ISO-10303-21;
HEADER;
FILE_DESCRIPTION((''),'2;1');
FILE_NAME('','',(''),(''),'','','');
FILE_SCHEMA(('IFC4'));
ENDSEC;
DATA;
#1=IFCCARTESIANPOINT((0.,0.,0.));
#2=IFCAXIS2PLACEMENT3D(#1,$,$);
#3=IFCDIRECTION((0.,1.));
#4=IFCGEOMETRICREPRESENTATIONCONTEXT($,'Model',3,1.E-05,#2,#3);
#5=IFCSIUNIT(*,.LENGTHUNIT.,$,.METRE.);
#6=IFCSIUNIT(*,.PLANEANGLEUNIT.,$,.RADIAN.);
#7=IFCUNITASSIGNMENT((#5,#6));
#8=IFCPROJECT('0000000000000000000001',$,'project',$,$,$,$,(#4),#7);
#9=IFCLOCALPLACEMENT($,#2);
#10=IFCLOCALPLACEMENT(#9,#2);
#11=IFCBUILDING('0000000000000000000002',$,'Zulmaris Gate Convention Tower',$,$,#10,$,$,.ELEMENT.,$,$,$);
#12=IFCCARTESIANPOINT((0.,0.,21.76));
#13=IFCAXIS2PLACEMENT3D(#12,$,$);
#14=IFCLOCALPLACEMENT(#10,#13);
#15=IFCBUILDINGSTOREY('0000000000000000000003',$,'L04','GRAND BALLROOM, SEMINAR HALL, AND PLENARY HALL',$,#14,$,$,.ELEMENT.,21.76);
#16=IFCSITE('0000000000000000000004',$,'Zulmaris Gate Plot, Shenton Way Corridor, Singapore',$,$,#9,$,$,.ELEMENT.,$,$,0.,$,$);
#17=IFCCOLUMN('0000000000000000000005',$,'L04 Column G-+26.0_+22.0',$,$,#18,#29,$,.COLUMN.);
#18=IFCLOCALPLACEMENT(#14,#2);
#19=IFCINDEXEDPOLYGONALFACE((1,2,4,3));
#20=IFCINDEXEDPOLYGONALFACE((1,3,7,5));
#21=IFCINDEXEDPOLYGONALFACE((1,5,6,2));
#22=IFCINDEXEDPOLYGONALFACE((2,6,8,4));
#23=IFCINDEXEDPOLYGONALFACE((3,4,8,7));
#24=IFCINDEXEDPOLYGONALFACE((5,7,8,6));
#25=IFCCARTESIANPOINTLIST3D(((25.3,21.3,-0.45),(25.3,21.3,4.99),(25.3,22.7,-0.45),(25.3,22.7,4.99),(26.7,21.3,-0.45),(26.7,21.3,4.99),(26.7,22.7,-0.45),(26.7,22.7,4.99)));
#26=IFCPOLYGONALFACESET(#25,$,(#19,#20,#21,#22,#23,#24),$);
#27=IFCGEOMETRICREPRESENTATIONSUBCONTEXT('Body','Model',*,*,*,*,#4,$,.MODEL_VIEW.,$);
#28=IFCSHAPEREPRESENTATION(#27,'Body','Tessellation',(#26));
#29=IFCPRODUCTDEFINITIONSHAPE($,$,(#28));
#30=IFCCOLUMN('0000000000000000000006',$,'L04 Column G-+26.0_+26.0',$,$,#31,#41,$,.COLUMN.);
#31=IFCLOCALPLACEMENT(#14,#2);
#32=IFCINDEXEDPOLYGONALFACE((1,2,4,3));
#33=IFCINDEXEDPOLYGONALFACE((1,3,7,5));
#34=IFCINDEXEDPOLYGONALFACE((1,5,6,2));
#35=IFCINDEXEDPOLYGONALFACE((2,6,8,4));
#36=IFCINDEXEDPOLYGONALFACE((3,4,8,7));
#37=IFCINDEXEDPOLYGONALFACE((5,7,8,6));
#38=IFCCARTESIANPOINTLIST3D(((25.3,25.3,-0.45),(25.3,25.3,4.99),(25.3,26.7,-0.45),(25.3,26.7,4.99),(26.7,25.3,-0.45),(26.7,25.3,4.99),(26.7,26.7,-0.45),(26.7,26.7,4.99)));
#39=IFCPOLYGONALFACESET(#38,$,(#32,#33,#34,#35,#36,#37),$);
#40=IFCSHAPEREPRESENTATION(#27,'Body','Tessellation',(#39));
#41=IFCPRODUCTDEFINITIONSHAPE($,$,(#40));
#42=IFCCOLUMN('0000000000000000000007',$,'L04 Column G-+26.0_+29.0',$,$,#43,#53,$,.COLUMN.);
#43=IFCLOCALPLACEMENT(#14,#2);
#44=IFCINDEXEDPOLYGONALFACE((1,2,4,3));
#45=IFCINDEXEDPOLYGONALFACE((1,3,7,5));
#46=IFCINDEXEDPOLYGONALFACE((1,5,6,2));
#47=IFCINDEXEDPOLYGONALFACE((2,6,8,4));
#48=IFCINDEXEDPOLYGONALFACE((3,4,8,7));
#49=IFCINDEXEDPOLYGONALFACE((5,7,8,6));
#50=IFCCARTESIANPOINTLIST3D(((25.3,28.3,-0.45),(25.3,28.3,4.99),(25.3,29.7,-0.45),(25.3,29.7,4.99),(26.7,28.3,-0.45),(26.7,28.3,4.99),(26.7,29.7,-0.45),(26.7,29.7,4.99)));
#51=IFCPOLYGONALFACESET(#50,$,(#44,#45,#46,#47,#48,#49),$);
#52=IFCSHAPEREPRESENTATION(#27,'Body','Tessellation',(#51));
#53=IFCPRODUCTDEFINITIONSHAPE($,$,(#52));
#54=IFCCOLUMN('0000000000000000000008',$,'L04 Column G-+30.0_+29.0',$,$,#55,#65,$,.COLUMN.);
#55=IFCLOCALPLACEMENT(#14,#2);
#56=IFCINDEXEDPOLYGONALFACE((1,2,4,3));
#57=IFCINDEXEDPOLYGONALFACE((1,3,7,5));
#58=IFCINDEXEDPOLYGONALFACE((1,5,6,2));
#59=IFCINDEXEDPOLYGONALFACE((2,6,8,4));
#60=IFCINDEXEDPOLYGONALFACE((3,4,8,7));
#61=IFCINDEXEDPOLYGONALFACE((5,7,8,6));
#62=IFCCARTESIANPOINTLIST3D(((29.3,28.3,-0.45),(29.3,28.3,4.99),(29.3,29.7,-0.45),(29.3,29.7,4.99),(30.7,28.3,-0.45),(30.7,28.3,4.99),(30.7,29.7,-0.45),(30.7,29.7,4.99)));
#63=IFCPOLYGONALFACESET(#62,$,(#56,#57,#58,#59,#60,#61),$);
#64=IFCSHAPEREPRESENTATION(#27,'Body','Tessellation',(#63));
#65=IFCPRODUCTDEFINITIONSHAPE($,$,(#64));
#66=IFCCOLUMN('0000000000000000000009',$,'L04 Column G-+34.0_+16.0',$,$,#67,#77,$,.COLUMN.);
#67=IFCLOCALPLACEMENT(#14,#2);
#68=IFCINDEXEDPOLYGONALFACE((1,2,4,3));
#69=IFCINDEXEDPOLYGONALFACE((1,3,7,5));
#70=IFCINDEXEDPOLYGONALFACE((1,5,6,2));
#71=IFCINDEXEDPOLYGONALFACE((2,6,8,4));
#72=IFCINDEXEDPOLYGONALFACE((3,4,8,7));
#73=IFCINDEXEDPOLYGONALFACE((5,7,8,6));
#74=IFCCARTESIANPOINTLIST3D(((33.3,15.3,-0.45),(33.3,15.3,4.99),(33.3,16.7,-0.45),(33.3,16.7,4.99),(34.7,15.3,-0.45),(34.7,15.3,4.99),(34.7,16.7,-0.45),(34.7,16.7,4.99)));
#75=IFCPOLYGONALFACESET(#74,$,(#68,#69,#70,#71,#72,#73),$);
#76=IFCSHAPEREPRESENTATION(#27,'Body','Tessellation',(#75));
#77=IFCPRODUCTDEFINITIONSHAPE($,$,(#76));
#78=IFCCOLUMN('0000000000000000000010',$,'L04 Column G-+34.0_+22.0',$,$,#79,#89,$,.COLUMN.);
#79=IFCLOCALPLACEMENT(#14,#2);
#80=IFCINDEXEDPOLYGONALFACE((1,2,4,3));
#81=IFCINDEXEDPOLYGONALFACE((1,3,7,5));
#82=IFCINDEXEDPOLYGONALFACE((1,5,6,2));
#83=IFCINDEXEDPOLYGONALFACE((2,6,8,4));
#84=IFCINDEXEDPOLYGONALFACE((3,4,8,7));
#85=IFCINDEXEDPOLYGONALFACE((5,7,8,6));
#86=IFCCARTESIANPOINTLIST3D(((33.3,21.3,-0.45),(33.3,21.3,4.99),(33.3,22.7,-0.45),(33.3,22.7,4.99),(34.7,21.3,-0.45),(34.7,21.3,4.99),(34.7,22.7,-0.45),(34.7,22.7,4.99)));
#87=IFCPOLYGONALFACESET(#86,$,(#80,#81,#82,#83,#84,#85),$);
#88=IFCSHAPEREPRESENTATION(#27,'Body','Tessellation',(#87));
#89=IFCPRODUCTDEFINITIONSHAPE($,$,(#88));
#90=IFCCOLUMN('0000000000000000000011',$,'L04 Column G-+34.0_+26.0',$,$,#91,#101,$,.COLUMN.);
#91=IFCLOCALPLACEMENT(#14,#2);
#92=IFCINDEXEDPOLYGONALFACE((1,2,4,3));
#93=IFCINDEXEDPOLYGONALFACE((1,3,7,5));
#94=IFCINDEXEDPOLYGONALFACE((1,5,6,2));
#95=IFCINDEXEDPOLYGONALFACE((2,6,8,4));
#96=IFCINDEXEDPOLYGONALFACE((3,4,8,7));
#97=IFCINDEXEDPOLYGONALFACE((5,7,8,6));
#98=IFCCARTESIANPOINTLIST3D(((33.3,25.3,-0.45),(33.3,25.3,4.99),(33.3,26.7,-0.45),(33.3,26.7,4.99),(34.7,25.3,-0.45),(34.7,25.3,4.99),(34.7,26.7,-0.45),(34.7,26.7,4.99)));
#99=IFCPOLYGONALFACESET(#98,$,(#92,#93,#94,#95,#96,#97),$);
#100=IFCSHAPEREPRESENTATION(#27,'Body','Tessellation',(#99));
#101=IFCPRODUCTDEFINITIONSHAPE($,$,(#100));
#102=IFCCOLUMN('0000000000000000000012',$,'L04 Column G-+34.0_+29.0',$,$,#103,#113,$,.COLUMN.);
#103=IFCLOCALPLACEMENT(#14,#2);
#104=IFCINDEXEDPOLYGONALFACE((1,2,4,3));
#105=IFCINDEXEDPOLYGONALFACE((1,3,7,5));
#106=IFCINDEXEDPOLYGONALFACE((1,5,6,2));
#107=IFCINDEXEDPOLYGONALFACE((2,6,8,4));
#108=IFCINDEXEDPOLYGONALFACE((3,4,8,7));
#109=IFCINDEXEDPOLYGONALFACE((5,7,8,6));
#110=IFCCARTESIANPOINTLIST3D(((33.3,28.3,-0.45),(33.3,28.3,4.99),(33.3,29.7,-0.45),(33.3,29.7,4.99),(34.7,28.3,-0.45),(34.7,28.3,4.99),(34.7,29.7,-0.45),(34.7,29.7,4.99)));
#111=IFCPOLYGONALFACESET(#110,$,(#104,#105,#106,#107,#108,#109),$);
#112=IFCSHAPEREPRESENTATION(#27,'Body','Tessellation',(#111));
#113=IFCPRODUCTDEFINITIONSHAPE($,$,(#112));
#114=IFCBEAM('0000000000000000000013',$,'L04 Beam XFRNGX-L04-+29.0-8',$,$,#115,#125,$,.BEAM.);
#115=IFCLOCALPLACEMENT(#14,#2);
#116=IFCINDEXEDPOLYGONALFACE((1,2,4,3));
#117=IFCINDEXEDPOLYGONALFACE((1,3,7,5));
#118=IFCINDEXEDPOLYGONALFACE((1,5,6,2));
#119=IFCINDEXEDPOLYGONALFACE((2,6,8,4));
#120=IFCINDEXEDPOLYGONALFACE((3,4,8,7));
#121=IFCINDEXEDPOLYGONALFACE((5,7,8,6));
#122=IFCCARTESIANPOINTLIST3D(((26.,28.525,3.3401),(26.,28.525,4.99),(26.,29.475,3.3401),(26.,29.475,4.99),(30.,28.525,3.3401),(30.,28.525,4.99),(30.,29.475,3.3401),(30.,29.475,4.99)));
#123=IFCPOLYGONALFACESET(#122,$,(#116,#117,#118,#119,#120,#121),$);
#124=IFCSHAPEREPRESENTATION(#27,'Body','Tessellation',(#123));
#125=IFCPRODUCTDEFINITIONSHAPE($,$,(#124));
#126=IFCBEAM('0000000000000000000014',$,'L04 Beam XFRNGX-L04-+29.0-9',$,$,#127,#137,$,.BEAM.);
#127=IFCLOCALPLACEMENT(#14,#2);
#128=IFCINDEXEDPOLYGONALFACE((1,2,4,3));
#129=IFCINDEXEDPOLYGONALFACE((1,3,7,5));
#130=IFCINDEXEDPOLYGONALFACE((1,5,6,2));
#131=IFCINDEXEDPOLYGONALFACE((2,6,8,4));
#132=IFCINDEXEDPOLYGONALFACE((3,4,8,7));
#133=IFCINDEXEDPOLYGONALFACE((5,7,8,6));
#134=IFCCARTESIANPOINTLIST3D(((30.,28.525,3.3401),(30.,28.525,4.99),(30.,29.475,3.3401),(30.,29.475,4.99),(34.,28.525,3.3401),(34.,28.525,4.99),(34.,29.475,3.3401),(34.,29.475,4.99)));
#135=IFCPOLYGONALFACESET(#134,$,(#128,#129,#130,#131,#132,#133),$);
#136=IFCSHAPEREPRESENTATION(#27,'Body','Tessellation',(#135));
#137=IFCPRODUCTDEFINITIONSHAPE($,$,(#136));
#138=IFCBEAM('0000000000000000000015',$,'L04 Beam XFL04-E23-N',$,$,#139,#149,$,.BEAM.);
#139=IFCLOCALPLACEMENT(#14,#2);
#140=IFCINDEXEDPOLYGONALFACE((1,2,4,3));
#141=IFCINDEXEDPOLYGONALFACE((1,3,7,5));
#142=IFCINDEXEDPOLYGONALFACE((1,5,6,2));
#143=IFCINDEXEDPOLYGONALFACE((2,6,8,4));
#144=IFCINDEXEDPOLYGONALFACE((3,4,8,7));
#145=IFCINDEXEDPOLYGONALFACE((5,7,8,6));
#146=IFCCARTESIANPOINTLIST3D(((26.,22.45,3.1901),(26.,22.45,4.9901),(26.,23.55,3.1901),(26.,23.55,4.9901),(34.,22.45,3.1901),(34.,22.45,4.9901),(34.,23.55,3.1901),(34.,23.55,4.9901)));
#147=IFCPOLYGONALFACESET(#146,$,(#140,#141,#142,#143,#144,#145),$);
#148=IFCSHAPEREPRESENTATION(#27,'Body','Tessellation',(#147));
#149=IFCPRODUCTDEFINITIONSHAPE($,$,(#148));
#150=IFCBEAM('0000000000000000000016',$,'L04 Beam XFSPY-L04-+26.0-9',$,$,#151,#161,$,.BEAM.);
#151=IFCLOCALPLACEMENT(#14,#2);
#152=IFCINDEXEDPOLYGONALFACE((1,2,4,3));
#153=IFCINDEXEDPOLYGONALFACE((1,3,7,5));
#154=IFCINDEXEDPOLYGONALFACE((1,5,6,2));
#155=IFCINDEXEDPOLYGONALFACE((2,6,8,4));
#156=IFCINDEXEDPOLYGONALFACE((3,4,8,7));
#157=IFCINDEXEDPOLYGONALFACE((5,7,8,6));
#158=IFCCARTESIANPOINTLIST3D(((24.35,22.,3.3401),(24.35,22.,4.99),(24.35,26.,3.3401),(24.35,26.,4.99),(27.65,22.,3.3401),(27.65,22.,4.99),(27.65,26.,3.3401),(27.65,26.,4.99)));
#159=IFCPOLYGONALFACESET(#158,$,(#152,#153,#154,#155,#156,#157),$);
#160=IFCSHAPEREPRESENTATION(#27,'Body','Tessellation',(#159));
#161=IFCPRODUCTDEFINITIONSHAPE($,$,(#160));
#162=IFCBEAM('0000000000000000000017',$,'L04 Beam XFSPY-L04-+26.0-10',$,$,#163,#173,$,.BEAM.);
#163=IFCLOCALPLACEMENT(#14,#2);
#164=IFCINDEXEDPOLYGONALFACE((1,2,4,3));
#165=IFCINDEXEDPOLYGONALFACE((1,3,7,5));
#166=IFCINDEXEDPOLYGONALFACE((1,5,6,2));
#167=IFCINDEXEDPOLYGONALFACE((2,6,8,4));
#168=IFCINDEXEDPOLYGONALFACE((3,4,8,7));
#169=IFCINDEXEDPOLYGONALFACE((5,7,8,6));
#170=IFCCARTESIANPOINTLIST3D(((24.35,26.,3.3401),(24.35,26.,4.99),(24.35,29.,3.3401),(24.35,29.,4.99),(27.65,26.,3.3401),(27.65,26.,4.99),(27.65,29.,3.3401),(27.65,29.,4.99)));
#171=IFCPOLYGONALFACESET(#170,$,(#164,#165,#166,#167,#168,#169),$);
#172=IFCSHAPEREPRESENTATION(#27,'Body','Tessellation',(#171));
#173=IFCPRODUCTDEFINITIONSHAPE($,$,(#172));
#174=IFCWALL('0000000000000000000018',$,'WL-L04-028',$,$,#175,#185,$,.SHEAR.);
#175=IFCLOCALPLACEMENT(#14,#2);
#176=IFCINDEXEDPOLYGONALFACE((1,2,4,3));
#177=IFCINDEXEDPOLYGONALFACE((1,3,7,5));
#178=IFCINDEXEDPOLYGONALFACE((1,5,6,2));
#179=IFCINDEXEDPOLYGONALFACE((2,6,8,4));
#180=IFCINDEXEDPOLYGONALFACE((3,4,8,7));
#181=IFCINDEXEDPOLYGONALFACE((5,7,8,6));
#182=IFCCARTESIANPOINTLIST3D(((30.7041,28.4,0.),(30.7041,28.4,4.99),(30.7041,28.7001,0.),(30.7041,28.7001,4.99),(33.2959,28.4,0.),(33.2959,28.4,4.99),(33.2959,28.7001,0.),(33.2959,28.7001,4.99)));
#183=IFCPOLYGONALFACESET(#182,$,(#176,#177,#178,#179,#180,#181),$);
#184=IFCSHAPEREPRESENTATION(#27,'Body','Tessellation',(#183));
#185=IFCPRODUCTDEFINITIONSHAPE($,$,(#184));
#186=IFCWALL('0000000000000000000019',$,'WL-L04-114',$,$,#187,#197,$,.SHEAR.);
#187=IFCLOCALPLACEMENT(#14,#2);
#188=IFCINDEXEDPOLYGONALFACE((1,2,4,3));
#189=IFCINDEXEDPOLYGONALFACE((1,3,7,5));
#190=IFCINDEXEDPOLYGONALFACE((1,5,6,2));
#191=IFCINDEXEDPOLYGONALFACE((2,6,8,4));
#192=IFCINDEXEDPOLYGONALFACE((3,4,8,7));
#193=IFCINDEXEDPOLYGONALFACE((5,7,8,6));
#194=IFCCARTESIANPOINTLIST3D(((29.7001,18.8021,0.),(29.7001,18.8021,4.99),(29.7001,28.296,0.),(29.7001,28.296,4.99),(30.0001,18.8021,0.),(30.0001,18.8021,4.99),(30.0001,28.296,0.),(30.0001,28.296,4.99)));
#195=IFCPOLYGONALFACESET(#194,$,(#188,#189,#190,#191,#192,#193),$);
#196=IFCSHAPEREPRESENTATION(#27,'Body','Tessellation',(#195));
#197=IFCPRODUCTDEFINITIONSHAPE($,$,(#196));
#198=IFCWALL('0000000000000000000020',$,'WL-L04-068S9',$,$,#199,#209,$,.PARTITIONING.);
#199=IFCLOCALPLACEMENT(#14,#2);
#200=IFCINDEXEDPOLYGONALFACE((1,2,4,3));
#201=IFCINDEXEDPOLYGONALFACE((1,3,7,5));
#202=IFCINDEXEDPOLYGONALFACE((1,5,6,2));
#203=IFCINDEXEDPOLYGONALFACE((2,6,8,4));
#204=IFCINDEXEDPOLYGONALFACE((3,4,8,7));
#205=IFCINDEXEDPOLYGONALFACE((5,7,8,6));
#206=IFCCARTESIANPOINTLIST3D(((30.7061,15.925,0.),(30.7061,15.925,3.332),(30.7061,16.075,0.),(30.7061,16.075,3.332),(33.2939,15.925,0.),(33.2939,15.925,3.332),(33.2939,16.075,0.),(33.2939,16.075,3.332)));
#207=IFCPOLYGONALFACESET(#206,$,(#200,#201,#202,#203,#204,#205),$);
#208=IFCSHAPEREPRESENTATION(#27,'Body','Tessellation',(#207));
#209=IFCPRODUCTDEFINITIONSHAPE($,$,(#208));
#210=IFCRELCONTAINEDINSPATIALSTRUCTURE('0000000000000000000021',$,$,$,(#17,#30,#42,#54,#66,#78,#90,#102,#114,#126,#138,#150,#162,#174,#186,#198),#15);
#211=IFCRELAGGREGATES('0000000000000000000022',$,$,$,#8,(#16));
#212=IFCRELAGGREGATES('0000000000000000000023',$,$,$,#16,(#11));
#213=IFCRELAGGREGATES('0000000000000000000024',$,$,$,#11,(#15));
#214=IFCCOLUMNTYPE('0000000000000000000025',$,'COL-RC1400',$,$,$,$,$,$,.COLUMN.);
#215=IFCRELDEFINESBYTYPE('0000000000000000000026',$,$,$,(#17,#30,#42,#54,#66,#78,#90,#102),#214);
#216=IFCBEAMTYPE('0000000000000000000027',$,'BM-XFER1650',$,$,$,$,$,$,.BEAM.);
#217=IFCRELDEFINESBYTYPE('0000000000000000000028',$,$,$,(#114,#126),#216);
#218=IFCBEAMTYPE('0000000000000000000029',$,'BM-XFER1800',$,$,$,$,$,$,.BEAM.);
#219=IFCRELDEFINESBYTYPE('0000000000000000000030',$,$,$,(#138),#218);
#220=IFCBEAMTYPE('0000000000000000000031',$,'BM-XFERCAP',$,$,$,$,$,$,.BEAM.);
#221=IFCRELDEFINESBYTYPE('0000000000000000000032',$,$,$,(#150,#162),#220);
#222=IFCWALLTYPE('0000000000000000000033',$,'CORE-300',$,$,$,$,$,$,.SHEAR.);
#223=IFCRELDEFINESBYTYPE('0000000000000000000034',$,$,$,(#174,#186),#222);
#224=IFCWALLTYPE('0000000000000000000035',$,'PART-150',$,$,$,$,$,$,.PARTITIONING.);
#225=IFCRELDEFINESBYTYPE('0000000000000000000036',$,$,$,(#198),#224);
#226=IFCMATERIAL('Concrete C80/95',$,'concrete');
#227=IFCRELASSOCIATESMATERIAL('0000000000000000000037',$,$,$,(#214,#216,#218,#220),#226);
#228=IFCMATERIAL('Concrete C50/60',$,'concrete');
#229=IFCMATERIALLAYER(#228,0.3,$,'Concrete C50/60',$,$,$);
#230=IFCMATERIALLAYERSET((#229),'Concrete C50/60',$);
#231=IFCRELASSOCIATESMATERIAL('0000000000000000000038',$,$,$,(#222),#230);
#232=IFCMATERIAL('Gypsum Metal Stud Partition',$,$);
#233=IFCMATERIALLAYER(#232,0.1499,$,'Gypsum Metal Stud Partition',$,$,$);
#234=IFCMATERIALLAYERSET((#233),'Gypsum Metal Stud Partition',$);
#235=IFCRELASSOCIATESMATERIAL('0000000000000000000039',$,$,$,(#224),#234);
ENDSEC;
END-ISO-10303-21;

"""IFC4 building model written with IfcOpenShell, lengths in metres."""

from ifc_helpers import new_model, si_unit, direction, frame, frame_2d, origin, origin_2d, place, context, subcontext, project, spatial, rectangle, extrude, material, layer, layer_set, material_profile, profile_set, type_object, element, save


model = new_model("IFC4")

# Units and contexts
model_context = context("Model", 3, precision=1e-05, world=origin(), true_north=direction((0.0, 1.0)))
body_context = subcontext(model_context, "Body", "Model", "MODEL_VIEW")
ifc_project = project(units=[si_unit("LENGTHUNIT", "METRE"), si_unit("PLANEANGLEUNIT", "RADIAN")], contexts=[model_context])

# Site, building, storey
site_placement = place(None, origin())
site = spatial("IfcSite", under=ifc_project, at=site_placement, Name="Zulmaris Gate Plot, Shenton Way Corridor, Singapore", CompositionType="ELEMENT", RefElevation=0.0)
building_placement = place(site_placement, origin())
building = spatial("IfcBuilding", under=site, at=building_placement, Name="Zulmaris Gate Convention Tower", CompositionType="ELEMENT")
storey_placement = place(building_placement, frame((0.0, 0.0, 21.76)))
storey = spatial("IfcBuildingStorey", under=building, at=storey_placement, Name="L04", Description="GRAND BALLROOM, SEMINAR HALL, AND PLENARY HALL", CompositionType="ELEMENT", Elevation=21.76)

# Columns
ifc_material_1 = material(Name="Concrete C80/95", Category="concrete")
ifc_material_profile_1 = material_profile(ifc_material_1, rectangle(XDim=1.3999, YDim=1.3999, at=origin_2d()), Name="RC COL 1400x1400")
ifc_profile_set_1 = profile_set([ifc_material_profile_1], Name="Concrete C80/95")
column_type = type_object("IfcColumnType", Name="COL-RC1400", PredefinedType="COLUMN", material=ifc_profile_set_1)
for number, where, z_axis, x_axis, name in (
    (1, (26.0, 22.0, -0.45), (0.0, 0.0, 1.0), (1.0, 0.0, 0.0), "L04 Column G-+26.0_+22.0"),
    (2, (26.0, 26.0, -0.45), (0.0, 0.0, 1.0), (1.0, 0.0, 0.0), "L04 Column G-+26.0_+26.0"),
    (3, (26.0, 29.0, -0.45), (0.0, 0.0, 1.0), (1.0, 0.0, 0.0), "L04 Column G-+26.0_+29.0"),
    (4, (30.0, 29.0, -0.45), (0.0, 0.0, 1.0), (1.0, 0.0, 0.0), "L04 Column G-+30.0_+29.0"),
    (5, (34.0, 16.0, -0.45), (0.0, 0.0, 1.0), (1.0, 0.0, 0.0), "L04 Column G-+34.0_+16.0"),
    (6, (34.0, 22.0, -0.45), (0.0, 0.0, 1.0), (1.0, 0.0, 0.0), "L04 Column G-+34.0_+22.0"),
    (7, (34.0, 26.0, -0.45), (0.0, 0.0, 1.0), (1.0, 0.0, 0.0), "L04 Column G-+34.0_+26.0"),
    (8, (34.0, 29.0, -0.45), (0.0, 0.0, 1.0), (1.0, 0.0, 0.0), "L04 Column G-+34.0_+29.0"),
):
    element("IfcColumn", number, at=place(storey_placement, frame(where, z_axis=z_axis, x_axis=x_axis)), inside=storey, type_object=column_type, Name=name, PredefinedType="COLUMN", context=body_context, shape_type="SweptSolid", body=[
        extrude(rectangle(XDim=1.3999, YDim=1.3999, at=origin_2d()), origin(), (0.0, 0.0, 1.0), 5.4399),
    ])

# Beams
ifc_material_profile_2 = material_profile(ifc_material_1, rectangle(XDim=0.95, YDim=1.6499, at=origin_2d()), Name="RC TRANSFER 950x1650")
ifc_profile_set_2 = profile_set([ifc_material_profile_2], Name="Concrete C80/95")
beam_type_1 = type_object("IfcBeamType", Name="BM-XFER1650", PredefinedType="BEAM", material=ifc_profile_set_2)
for number, where, z_axis, x_axis, name in (
    (9, (26.0, 29.0, 4.165), (1.0, 0.0, 0.0), (0.0, 1.0, 0.0), "L04 Beam XFRNGX-L04-+29.0-8"),
    (10, (30.0, 29.0, 4.165), (1.0, 0.0, 0.0), (0.0, 1.0, 0.0), "L04 Beam XFRNGX-L04-+29.0-9"),
):
    element("IfcBeam", number, at=place(storey_placement, frame(where, z_axis=z_axis, x_axis=x_axis)), inside=storey, type_object=beam_type_1, Name=name, PredefinedType="BEAM", context=body_context, shape_type="SweptSolid", body=[
        extrude(rectangle(XDim=0.95, YDim=1.6499, at=origin_2d()), origin(), (0.0, 0.0, 1.0), 4.0),
    ])
ifc_material_profile_3 = material_profile(ifc_material_1, rectangle(XDim=1.1001, YDim=1.8, at=origin_2d()), Name="RC TRANSFER 1100x1800")
ifc_profile_set_3 = profile_set([ifc_material_profile_3], Name="Concrete C80/95")
beam_type_2 = type_object("IfcBeamType", Name="BM-XFER1800", PredefinedType="BEAM", material=ifc_profile_set_3)
beam_1_placement = place(storey_placement, frame((26.0, 23.0, 4.0901), z_axis=(1.0, 0.0, 0.0), x_axis=(0.0, 1.0, 0.0)))
element("IfcBeam", 11, at=beam_1_placement, inside=storey, type_object=beam_type_2, Name="L04 Beam XFL04-E23-N", PredefinedType="BEAM", context=body_context, shape_type="SweptSolid", body=[
    extrude(rectangle(XDim=1.1001, YDim=1.8, at=origin_2d()), origin(), (0.0, 0.0, 1.0), 8.0),
])
ifc_material_profile_4 = material_profile(ifc_material_1, rectangle(XDim=3.3, YDim=1.6499, at=origin_2d()), Name="RC TRANSFER 3300x1650")
ifc_profile_set_4 = profile_set([ifc_material_profile_4], Name="Concrete C80/95")
beam_type_3 = type_object("IfcBeamType", Name="BM-XFERCAP", PredefinedType="BEAM", material=ifc_profile_set_4)
beam_2_placement = place(storey_placement, frame((26.0, 22.0, 4.165), z_axis=(0.0, 1.0, 0.0), x_axis=(-1.0, 0.0, 0.0)))
element("IfcBeam", 12, at=beam_2_placement, inside=storey, type_object=beam_type_3, Name="L04 Beam XFSPY-L04-+26.0-9", PredefinedType="BEAM", context=body_context, shape_type="SweptSolid", body=[
    extrude(rectangle(XDim=3.3, YDim=1.6499, at=origin_2d()), origin(), (0.0, 0.0, 1.0), 4.0),
])
beam_3_placement = place(storey_placement, frame((26.0, 26.0, 4.165), z_axis=(0.0, 1.0, 0.0), x_axis=(-1.0, 0.0, 0.0)))
element("IfcBeam", 13, at=beam_3_placement, inside=storey, type_object=beam_type_3, Name="L04 Beam XFSPY-L04-+26.0-10", PredefinedType="BEAM", context=body_context, shape_type="SweptSolid", body=[
    extrude(rectangle(XDim=3.3, YDim=1.6499, at=origin_2d()), origin(), (0.0, 0.0, 1.0), 3.0),
])

# Shared definitions
ifc_material_2 = material(Name="Concrete C50/60", Category="concrete")
ifc_layer_1 = layer(ifc_material_2, 0.3, Name="Concrete C50/60")
ifc_layer_set_1 = layer_set([ifc_layer_1], Name="Concrete C50/60")
wall_type_1 = type_object("IfcWallType", Name="CORE-300", PredefinedType="SHEAR", material=ifc_layer_set_1)

# Walls
wall_1_placement = place(storey_placement, frame((30.7041, 28.55, 0.0), z_axis=(0.0, 0.0, 1.0), x_axis=(1.0, 0.0, 0.0)))
element("IfcWall", 14, at=wall_1_placement, inside=storey, type_object=wall_type_1, Name="WL-L04-028", PredefinedType="SHEAR", context=body_context, shape_type="SweptSolid", body=[
    extrude(rectangle(XDim=2.5918, YDim=0.3, at=frame_2d((1.2959, 0.0))), origin(), (0.0, 0.0, 1.0), 4.99),
])
wall_2_placement = place(storey_placement, frame((29.8501, 18.802, 0.0), z_axis=(0.0, 0.0, 1.0), x_axis=(0.0, 1.0, 0.0)))
element("IfcWall", 15, at=wall_2_placement, inside=storey, type_object=wall_type_1, Name="WL-L04-114", PredefinedType="SHEAR", context=body_context, shape_type="SweptSolid", body=[
    extrude(rectangle(XDim=9.4939, YDim=0.3, at=frame_2d((4.7471, 0.0))), origin(), (0.0, 0.0, 1.0), 4.99),
])
ifc_material_3 = material(Name="Gypsum Metal Stud Partition")
ifc_layer_2 = layer(ifc_material_3, 0.1499, Name="Gypsum Metal Stud Partition")
ifc_layer_set_2 = layer_set([ifc_layer_2], Name="Gypsum Metal Stud Partition")
wall_type_2 = type_object("IfcWallType", Name="PART-150", PredefinedType="PARTITIONING", material=ifc_layer_set_2)
wall_3_placement = place(storey_placement, frame((30.7061, 16.0, 0.0), z_axis=(0.0, 0.0, 1.0), x_axis=(1.0, 0.0, 0.0)))
element("IfcWall", 16, at=wall_3_placement, inside=storey, type_object=wall_type_2, Name="WL-L04-068S9", PredefinedType="PARTITIONING", context=body_context, shape_type="SweptSolid", body=[
    extrude(rectangle(XDim=2.5879, YDim=0.1499, at=frame_2d((1.2939, 0.0))), origin(), (0.0, 0.0, 1.0), 3.332),
])

save(model, "model.ifc")
